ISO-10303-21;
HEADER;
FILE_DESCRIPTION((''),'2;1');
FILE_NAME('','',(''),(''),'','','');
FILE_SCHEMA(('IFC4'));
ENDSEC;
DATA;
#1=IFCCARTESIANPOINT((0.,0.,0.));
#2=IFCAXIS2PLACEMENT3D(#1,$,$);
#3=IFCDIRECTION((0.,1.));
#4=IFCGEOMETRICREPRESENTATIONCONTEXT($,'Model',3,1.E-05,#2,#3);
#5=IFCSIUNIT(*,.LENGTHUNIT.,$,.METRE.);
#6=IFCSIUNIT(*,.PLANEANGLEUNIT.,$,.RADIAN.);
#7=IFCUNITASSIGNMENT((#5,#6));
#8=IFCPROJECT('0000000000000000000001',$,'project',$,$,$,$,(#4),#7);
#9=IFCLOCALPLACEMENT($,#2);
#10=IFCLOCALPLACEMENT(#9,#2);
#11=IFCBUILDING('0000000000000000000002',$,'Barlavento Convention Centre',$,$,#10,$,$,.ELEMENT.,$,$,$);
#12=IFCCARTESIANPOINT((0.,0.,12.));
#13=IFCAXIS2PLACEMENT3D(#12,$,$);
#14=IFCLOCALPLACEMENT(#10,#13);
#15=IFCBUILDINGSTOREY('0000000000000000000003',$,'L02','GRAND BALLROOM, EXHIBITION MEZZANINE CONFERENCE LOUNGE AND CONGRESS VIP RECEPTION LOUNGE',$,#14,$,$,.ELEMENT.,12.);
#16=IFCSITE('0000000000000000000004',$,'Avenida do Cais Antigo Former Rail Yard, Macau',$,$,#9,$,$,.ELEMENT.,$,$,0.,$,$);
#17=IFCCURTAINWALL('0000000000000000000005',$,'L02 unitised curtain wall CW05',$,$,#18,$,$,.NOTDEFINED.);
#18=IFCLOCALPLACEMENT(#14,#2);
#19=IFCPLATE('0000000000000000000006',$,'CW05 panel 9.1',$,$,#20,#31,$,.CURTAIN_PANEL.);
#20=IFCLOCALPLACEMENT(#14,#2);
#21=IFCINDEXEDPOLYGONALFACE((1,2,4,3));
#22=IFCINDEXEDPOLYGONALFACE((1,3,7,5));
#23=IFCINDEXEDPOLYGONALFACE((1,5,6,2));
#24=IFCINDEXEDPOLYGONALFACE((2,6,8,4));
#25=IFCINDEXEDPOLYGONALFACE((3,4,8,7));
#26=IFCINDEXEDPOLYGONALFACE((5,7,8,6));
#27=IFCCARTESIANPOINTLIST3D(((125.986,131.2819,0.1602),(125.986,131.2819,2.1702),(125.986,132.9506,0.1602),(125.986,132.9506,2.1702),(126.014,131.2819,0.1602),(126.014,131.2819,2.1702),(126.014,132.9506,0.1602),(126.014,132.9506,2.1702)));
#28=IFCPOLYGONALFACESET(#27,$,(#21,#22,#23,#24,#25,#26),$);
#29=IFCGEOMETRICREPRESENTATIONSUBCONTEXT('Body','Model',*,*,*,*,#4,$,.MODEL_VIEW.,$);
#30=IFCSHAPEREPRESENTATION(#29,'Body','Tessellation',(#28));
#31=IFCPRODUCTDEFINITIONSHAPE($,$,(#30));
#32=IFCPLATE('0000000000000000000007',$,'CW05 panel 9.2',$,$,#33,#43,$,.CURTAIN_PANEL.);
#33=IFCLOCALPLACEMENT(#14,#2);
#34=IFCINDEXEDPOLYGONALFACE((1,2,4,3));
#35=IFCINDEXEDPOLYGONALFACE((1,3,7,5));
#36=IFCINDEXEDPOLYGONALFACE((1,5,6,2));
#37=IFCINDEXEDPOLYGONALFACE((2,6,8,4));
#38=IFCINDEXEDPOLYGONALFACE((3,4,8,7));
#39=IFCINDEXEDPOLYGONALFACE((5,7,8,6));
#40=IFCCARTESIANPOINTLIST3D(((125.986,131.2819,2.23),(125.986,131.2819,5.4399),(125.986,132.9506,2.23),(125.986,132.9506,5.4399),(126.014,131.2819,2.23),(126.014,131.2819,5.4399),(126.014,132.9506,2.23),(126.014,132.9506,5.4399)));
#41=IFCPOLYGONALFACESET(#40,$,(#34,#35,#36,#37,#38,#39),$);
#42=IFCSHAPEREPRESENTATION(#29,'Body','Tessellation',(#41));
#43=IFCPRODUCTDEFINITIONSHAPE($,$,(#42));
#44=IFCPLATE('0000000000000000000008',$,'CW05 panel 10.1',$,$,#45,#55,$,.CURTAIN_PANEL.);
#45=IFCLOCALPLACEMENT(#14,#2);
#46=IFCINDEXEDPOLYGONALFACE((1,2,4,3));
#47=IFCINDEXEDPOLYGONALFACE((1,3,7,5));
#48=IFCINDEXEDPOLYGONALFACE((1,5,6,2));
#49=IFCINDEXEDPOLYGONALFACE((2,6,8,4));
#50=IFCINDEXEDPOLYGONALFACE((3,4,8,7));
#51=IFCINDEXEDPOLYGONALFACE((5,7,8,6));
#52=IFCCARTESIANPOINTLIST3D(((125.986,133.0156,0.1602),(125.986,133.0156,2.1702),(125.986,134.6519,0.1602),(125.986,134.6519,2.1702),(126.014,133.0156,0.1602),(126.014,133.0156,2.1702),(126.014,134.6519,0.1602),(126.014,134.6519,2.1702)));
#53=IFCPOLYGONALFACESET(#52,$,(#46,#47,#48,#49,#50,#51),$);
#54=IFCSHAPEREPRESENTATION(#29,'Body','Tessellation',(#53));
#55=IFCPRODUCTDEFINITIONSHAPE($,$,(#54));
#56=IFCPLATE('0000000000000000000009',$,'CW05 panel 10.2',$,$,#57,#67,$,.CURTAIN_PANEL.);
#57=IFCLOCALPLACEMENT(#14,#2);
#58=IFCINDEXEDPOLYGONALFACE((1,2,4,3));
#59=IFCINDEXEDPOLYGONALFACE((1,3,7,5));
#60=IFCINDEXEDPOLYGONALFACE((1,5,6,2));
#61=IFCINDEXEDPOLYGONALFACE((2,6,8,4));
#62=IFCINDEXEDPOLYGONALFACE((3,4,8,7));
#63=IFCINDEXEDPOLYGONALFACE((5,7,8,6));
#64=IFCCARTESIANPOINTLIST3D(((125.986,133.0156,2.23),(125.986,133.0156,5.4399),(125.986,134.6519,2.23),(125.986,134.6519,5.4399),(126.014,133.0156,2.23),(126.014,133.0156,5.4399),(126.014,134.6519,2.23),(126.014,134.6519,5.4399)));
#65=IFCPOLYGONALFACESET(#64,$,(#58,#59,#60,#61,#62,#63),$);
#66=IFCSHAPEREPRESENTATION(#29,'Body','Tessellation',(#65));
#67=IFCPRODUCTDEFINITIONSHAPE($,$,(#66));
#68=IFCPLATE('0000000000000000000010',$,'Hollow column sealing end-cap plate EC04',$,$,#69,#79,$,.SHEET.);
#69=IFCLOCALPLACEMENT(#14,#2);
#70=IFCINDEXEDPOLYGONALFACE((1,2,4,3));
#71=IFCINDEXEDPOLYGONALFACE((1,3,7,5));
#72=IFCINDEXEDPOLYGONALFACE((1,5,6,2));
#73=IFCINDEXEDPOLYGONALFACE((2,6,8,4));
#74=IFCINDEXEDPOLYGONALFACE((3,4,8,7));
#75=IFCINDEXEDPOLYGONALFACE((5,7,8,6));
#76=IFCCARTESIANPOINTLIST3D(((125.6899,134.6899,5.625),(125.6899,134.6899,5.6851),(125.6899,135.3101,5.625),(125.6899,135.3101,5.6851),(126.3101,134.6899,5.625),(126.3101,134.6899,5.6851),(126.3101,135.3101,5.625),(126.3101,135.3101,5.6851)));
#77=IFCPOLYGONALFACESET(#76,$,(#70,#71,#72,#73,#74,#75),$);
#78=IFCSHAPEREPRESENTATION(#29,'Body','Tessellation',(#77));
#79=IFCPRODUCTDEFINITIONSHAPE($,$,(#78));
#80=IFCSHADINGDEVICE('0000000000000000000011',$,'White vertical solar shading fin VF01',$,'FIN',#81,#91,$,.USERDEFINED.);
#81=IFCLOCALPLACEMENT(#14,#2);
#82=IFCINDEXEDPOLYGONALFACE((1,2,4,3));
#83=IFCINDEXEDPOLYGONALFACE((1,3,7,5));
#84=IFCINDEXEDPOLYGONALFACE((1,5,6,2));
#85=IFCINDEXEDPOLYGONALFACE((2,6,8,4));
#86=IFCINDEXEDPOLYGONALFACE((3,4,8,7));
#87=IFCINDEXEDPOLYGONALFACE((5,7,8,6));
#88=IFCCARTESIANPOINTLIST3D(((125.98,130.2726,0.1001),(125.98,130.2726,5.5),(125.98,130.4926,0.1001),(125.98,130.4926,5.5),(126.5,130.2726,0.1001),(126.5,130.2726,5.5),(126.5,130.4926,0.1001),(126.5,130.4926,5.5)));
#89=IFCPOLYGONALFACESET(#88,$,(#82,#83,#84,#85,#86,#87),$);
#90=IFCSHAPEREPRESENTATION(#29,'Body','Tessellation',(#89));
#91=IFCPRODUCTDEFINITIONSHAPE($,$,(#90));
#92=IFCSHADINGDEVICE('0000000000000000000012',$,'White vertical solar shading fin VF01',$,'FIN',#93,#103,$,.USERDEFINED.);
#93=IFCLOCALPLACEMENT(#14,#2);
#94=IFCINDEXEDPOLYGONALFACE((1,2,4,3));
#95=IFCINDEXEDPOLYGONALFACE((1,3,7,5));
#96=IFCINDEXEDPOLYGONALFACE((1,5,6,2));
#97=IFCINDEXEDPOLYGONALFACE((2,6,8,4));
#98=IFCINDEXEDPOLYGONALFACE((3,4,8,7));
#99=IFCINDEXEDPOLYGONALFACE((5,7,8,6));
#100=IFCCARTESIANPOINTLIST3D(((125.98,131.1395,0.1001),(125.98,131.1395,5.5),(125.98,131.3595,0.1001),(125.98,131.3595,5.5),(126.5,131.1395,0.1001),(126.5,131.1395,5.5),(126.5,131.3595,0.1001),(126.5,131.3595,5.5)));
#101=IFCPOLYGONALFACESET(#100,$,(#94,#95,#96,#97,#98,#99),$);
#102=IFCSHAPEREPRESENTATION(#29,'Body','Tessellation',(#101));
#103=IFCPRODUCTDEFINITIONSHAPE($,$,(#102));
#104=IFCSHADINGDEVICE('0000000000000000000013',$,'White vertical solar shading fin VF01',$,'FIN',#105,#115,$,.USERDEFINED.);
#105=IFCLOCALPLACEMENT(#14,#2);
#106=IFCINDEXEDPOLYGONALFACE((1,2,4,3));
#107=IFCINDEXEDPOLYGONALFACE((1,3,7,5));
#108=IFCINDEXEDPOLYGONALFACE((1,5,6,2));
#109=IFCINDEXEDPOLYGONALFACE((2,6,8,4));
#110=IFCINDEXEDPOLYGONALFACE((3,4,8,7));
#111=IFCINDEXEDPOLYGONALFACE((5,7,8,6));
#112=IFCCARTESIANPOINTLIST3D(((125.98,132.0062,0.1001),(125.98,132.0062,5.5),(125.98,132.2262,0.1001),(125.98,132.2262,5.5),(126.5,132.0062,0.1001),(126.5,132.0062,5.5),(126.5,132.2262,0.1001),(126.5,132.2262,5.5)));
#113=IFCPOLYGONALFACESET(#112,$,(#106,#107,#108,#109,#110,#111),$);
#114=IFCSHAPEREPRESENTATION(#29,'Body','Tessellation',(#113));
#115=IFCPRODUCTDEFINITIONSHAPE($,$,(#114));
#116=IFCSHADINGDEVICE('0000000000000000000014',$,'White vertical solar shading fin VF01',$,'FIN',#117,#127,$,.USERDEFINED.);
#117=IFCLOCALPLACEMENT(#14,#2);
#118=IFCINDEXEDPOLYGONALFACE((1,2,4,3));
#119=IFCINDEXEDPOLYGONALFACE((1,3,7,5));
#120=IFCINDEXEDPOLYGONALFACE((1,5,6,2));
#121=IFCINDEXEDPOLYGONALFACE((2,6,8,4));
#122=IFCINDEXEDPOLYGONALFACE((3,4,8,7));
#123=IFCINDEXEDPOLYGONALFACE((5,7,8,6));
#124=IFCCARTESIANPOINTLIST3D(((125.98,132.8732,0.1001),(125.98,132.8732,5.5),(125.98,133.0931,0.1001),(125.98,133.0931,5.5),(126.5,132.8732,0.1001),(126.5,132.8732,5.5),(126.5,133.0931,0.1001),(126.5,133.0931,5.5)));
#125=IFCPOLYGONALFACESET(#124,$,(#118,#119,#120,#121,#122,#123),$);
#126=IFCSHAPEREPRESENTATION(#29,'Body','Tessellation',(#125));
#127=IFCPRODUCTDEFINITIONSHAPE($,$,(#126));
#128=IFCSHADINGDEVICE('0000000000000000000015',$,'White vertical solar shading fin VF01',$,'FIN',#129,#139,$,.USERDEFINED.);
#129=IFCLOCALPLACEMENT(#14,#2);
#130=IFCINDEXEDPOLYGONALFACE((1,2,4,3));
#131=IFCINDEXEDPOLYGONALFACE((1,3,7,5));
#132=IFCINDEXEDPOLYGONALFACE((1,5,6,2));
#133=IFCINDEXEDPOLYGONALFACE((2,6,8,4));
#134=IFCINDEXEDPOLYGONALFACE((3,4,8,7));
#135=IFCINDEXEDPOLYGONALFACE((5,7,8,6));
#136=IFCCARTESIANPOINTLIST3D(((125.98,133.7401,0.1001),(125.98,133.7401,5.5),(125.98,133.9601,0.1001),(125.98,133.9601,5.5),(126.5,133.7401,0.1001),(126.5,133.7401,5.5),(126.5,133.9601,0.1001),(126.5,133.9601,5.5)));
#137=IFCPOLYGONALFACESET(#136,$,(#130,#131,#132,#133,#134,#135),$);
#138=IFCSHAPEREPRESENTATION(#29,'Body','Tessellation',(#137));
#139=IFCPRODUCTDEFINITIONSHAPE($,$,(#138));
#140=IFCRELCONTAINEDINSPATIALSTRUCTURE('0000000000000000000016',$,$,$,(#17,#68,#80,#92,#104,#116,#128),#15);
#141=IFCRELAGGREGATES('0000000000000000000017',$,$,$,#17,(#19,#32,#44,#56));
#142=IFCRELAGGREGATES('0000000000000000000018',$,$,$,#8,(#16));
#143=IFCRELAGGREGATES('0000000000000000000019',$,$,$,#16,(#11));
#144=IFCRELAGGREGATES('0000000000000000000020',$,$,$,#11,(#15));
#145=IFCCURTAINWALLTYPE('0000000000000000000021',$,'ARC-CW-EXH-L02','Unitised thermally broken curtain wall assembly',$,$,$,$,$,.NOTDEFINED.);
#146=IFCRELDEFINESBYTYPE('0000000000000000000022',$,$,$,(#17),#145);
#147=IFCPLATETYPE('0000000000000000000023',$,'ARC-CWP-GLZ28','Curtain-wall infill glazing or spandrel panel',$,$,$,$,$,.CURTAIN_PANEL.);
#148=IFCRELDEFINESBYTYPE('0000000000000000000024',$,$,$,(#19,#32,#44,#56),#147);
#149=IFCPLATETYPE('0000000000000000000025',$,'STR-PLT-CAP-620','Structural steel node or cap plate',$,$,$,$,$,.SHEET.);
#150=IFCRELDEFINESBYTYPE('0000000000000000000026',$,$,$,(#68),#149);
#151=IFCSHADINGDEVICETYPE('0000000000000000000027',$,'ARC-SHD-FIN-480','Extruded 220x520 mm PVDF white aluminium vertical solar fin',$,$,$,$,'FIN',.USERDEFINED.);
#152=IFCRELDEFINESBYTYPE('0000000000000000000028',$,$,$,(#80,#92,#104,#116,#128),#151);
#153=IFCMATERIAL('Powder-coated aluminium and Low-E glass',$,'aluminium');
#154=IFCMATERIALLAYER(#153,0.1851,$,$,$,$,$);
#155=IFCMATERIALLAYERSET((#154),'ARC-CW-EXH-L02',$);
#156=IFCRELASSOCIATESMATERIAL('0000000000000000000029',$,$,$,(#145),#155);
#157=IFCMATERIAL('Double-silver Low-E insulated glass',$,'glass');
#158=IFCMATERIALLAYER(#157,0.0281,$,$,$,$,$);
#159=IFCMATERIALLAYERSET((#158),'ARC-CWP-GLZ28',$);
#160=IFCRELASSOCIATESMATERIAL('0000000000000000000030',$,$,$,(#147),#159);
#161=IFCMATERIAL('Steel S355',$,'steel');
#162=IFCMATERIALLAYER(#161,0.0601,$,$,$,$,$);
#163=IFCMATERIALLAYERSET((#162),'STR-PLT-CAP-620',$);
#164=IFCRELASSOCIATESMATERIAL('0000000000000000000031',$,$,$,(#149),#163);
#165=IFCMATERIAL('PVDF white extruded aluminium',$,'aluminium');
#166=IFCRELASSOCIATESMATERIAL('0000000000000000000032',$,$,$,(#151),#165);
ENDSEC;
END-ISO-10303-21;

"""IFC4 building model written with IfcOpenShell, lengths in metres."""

from ifc_helpers import new_model, si_unit, direction, frame, origin, origin_2d, place, context, subcontext, project, spatial, rectangle, extrude, material, layer, layer_set, type_object, element, aggregate, save


model = new_model("IFC4")

# Units and contexts
model_context = context("Model", 3, precision=1e-05, world=origin(), true_north=direction((0.0, 1.0)))
body_context = subcontext(model_context, "Body", "Model", "MODEL_VIEW")
ifc_project = project(units=[si_unit("LENGTHUNIT", "METRE"), si_unit("PLANEANGLEUNIT", "RADIAN")], contexts=[model_context])

# Site, building, storey
site_placement = place(None, origin())
site = spatial("IfcSite", under=ifc_project, at=site_placement, Name="Avenida do Cais Antigo Former Rail Yard, Macau", CompositionType="ELEMENT", RefElevation=0.0)
building_placement = place(site_placement, origin())
building = spatial("IfcBuilding", under=site, at=building_placement, Name="Barlavento Convention Centre", CompositionType="ELEMENT")
storey_placement = place(building_placement, frame((0.0, 0.0, 12.0)))
storey = spatial("IfcBuildingStorey", under=building, at=storey_placement, Name="L02", Description="GRAND BALLROOM, EXHIBITION MEZZANINE CONFERENCE LOUNGE AND CONGRESS VIP RECEPTION LOUNGE", CompositionType="ELEMENT", Elevation=12.0)

# Curtain wall, plates
ifc_material_1 = material(Name="Powder-coated aluminium and Low-E glass", Category="aluminium")
ifc_layer_1 = layer(ifc_material_1, 0.1851)
ifc_layer_set_1 = layer_set([ifc_layer_1], Name="ARC-CW-EXH-L02")
curtain_wall_type = type_object("IfcCurtainWallType", Name="ARC-CW-EXH-L02", Description="Unitised thermally broken curtain wall assembly", PredefinedType="NOTDEFINED", material=ifc_layer_set_1)
curtain_wall_placement = place(storey_placement, origin())
curtain_wall = element("IfcCurtainWall", 1, at=curtain_wall_placement, inside=storey, type_object=curtain_wall_type, Name="L02 unitised curtain wall CW05", PredefinedType="NOTDEFINED")
ifc_material_2 = material(Name="Double-silver Low-E insulated glass", Category="glass")
ifc_layer_2 = layer(ifc_material_2, 0.0281)
ifc_layer_set_2 = layer_set([ifc_layer_2], Name="ARC-CWP-GLZ28")
plate_type_1 = type_object("IfcPlateType", Name="ARC-CWP-GLZ28", Description="Curtain-wall infill glazing or spandrel panel", PredefinedType="CURTAIN_PANEL", material=ifc_layer_set_2)
plate_1_placement = place(storey_placement, frame((126.0, 132.1162, 0.1602), z_axis=(0.0, 0.0, 1.0), x_axis=(0.0, 1.0, 0.0)))
plate_1 = element("IfcPlate", 2, at=plate_1_placement, type_object=plate_type_1, Name="CW05 panel 9.1", PredefinedType="CURTAIN_PANEL", context=body_context, shape_type="SweptSolid", body=[
    extrude(rectangle(XDim=1.6687, YDim=0.0281, at=origin_2d()), origin(), (0.0, 0.0, 1.0), 2.01),
])
plate_2_placement = place(storey_placement, frame((126.0, 132.1162, 2.23), z_axis=(0.0, 0.0, 1.0), x_axis=(0.0, 1.0, 0.0)))
plate_2 = element("IfcPlate", 3, at=plate_2_placement, type_object=plate_type_1, Name="CW05 panel 9.2", PredefinedType="CURTAIN_PANEL", context=body_context, shape_type="SweptSolid", body=[
    extrude(rectangle(XDim=1.6687, YDim=0.0281, at=origin_2d()), origin(), (0.0, 0.0, 1.0), 3.21),
])
plate_3_placement = place(storey_placement, frame((126.0, 133.8337, 0.1602), z_axis=(0.0, 0.0, 1.0), x_axis=(0.0, 1.0, 0.0)))
plate_3 = element("IfcPlate", 4, at=plate_3_placement, type_object=plate_type_1, Name="CW05 panel 10.1", PredefinedType="CURTAIN_PANEL", context=body_context, shape_type="SweptSolid", body=[
    extrude(rectangle(XDim=1.6362, YDim=0.0281, at=origin_2d()), origin(), (0.0, 0.0, 1.0), 2.01),
])
plate_4_placement = place(storey_placement, frame((126.0, 133.8337, 2.23), z_axis=(0.0, 0.0, 1.0), x_axis=(0.0, 1.0, 0.0)))
plate_4 = element("IfcPlate", 5, at=plate_4_placement, type_object=plate_type_1, Name="CW05 panel 10.2", PredefinedType="CURTAIN_PANEL", context=body_context, shape_type="SweptSolid", body=[
    extrude(rectangle(XDim=1.6362, YDim=0.0281, at=origin_2d()), origin(), (0.0, 0.0, 1.0), 3.21),
])
aggregate(curtain_wall, [plate_1, plate_2, plate_3, plate_4])

# Plate
ifc_material_3 = material(Name="Steel S355", Category="steel")
ifc_layer_3 = layer(ifc_material_3, 0.0601)
ifc_layer_set_3 = layer_set([ifc_layer_3], Name="STR-PLT-CAP-620")
plate_type_2 = type_object("IfcPlateType", Name="STR-PLT-CAP-620", Description="Structural steel node or cap plate", PredefinedType="SHEET", material=ifc_layer_set_3)
plate_5_placement = place(storey_placement, frame((126.0, 135.0, 5.625), z_axis=(0.0, 0.0, 1.0), x_axis=(1.0, 0.0, 0.0)))
element("IfcPlate", 6, at=plate_5_placement, inside=storey, type_object=plate_type_2, Name="Hollow column sealing end-cap plate EC04", PredefinedType="SHEET", context=body_context, shape_type="SweptSolid", body=[
    extrude(rectangle(XDim=0.6201, YDim=0.6201, at=origin_2d()), origin(), (0.0, 0.0, 1.0), 0.0601),
])

# Shading devices
ifc_material_4 = material(Name="PVDF white extruded aluminium", Category="aluminium")
shading_device_type = type_object("IfcShadingDeviceType", Name="ARC-SHD-FIN-480", Description="Extruded 220x520 mm PVDF white aluminium vertical solar fin", ElementType="FIN", PredefinedType="USERDEFINED", material=ifc_material_4)
for number, where, z_axis, x_axis, name in (
    (7, (126.24, 130.3826, 0.1001), (0.0, 0.0, 1.0), (0.0, 1.0, 0.0), "White vertical solar shading fin VF01"),
    (8, (126.24, 131.2495, 0.1001), (0.0, 0.0, 1.0), (0.0, 1.0, 0.0), "White vertical solar shading fin VF01"),
    (9, (126.24, 132.1162, 0.1001), (0.0, 0.0, 1.0), (0.0, 1.0, 0.0), "White vertical solar shading fin VF01"),
    (10, (126.24, 132.9832, 0.1001), (0.0, 0.0, 1.0), (0.0, 1.0, 0.0), "White vertical solar shading fin VF01"),
    (11, (126.24, 133.8501, 0.1001), (0.0, 0.0, 1.0), (0.0, 1.0, 0.0), "White vertical solar shading fin VF01"),
):
    element("IfcShadingDevice", number, at=place(storey_placement, frame(where, z_axis=z_axis, x_axis=x_axis)), inside=storey, type_object=shading_device_type, Name=name, ObjectType="FIN", PredefinedType="USERDEFINED", context=body_context, shape_type="SweptSolid", body=[
        extrude(rectangle(XDim=0.22, YDim=0.52, at=origin_2d()), origin(), (0.0, 0.0, 1.0), 5.3999),
    ])

save(model, "model.ifc")
